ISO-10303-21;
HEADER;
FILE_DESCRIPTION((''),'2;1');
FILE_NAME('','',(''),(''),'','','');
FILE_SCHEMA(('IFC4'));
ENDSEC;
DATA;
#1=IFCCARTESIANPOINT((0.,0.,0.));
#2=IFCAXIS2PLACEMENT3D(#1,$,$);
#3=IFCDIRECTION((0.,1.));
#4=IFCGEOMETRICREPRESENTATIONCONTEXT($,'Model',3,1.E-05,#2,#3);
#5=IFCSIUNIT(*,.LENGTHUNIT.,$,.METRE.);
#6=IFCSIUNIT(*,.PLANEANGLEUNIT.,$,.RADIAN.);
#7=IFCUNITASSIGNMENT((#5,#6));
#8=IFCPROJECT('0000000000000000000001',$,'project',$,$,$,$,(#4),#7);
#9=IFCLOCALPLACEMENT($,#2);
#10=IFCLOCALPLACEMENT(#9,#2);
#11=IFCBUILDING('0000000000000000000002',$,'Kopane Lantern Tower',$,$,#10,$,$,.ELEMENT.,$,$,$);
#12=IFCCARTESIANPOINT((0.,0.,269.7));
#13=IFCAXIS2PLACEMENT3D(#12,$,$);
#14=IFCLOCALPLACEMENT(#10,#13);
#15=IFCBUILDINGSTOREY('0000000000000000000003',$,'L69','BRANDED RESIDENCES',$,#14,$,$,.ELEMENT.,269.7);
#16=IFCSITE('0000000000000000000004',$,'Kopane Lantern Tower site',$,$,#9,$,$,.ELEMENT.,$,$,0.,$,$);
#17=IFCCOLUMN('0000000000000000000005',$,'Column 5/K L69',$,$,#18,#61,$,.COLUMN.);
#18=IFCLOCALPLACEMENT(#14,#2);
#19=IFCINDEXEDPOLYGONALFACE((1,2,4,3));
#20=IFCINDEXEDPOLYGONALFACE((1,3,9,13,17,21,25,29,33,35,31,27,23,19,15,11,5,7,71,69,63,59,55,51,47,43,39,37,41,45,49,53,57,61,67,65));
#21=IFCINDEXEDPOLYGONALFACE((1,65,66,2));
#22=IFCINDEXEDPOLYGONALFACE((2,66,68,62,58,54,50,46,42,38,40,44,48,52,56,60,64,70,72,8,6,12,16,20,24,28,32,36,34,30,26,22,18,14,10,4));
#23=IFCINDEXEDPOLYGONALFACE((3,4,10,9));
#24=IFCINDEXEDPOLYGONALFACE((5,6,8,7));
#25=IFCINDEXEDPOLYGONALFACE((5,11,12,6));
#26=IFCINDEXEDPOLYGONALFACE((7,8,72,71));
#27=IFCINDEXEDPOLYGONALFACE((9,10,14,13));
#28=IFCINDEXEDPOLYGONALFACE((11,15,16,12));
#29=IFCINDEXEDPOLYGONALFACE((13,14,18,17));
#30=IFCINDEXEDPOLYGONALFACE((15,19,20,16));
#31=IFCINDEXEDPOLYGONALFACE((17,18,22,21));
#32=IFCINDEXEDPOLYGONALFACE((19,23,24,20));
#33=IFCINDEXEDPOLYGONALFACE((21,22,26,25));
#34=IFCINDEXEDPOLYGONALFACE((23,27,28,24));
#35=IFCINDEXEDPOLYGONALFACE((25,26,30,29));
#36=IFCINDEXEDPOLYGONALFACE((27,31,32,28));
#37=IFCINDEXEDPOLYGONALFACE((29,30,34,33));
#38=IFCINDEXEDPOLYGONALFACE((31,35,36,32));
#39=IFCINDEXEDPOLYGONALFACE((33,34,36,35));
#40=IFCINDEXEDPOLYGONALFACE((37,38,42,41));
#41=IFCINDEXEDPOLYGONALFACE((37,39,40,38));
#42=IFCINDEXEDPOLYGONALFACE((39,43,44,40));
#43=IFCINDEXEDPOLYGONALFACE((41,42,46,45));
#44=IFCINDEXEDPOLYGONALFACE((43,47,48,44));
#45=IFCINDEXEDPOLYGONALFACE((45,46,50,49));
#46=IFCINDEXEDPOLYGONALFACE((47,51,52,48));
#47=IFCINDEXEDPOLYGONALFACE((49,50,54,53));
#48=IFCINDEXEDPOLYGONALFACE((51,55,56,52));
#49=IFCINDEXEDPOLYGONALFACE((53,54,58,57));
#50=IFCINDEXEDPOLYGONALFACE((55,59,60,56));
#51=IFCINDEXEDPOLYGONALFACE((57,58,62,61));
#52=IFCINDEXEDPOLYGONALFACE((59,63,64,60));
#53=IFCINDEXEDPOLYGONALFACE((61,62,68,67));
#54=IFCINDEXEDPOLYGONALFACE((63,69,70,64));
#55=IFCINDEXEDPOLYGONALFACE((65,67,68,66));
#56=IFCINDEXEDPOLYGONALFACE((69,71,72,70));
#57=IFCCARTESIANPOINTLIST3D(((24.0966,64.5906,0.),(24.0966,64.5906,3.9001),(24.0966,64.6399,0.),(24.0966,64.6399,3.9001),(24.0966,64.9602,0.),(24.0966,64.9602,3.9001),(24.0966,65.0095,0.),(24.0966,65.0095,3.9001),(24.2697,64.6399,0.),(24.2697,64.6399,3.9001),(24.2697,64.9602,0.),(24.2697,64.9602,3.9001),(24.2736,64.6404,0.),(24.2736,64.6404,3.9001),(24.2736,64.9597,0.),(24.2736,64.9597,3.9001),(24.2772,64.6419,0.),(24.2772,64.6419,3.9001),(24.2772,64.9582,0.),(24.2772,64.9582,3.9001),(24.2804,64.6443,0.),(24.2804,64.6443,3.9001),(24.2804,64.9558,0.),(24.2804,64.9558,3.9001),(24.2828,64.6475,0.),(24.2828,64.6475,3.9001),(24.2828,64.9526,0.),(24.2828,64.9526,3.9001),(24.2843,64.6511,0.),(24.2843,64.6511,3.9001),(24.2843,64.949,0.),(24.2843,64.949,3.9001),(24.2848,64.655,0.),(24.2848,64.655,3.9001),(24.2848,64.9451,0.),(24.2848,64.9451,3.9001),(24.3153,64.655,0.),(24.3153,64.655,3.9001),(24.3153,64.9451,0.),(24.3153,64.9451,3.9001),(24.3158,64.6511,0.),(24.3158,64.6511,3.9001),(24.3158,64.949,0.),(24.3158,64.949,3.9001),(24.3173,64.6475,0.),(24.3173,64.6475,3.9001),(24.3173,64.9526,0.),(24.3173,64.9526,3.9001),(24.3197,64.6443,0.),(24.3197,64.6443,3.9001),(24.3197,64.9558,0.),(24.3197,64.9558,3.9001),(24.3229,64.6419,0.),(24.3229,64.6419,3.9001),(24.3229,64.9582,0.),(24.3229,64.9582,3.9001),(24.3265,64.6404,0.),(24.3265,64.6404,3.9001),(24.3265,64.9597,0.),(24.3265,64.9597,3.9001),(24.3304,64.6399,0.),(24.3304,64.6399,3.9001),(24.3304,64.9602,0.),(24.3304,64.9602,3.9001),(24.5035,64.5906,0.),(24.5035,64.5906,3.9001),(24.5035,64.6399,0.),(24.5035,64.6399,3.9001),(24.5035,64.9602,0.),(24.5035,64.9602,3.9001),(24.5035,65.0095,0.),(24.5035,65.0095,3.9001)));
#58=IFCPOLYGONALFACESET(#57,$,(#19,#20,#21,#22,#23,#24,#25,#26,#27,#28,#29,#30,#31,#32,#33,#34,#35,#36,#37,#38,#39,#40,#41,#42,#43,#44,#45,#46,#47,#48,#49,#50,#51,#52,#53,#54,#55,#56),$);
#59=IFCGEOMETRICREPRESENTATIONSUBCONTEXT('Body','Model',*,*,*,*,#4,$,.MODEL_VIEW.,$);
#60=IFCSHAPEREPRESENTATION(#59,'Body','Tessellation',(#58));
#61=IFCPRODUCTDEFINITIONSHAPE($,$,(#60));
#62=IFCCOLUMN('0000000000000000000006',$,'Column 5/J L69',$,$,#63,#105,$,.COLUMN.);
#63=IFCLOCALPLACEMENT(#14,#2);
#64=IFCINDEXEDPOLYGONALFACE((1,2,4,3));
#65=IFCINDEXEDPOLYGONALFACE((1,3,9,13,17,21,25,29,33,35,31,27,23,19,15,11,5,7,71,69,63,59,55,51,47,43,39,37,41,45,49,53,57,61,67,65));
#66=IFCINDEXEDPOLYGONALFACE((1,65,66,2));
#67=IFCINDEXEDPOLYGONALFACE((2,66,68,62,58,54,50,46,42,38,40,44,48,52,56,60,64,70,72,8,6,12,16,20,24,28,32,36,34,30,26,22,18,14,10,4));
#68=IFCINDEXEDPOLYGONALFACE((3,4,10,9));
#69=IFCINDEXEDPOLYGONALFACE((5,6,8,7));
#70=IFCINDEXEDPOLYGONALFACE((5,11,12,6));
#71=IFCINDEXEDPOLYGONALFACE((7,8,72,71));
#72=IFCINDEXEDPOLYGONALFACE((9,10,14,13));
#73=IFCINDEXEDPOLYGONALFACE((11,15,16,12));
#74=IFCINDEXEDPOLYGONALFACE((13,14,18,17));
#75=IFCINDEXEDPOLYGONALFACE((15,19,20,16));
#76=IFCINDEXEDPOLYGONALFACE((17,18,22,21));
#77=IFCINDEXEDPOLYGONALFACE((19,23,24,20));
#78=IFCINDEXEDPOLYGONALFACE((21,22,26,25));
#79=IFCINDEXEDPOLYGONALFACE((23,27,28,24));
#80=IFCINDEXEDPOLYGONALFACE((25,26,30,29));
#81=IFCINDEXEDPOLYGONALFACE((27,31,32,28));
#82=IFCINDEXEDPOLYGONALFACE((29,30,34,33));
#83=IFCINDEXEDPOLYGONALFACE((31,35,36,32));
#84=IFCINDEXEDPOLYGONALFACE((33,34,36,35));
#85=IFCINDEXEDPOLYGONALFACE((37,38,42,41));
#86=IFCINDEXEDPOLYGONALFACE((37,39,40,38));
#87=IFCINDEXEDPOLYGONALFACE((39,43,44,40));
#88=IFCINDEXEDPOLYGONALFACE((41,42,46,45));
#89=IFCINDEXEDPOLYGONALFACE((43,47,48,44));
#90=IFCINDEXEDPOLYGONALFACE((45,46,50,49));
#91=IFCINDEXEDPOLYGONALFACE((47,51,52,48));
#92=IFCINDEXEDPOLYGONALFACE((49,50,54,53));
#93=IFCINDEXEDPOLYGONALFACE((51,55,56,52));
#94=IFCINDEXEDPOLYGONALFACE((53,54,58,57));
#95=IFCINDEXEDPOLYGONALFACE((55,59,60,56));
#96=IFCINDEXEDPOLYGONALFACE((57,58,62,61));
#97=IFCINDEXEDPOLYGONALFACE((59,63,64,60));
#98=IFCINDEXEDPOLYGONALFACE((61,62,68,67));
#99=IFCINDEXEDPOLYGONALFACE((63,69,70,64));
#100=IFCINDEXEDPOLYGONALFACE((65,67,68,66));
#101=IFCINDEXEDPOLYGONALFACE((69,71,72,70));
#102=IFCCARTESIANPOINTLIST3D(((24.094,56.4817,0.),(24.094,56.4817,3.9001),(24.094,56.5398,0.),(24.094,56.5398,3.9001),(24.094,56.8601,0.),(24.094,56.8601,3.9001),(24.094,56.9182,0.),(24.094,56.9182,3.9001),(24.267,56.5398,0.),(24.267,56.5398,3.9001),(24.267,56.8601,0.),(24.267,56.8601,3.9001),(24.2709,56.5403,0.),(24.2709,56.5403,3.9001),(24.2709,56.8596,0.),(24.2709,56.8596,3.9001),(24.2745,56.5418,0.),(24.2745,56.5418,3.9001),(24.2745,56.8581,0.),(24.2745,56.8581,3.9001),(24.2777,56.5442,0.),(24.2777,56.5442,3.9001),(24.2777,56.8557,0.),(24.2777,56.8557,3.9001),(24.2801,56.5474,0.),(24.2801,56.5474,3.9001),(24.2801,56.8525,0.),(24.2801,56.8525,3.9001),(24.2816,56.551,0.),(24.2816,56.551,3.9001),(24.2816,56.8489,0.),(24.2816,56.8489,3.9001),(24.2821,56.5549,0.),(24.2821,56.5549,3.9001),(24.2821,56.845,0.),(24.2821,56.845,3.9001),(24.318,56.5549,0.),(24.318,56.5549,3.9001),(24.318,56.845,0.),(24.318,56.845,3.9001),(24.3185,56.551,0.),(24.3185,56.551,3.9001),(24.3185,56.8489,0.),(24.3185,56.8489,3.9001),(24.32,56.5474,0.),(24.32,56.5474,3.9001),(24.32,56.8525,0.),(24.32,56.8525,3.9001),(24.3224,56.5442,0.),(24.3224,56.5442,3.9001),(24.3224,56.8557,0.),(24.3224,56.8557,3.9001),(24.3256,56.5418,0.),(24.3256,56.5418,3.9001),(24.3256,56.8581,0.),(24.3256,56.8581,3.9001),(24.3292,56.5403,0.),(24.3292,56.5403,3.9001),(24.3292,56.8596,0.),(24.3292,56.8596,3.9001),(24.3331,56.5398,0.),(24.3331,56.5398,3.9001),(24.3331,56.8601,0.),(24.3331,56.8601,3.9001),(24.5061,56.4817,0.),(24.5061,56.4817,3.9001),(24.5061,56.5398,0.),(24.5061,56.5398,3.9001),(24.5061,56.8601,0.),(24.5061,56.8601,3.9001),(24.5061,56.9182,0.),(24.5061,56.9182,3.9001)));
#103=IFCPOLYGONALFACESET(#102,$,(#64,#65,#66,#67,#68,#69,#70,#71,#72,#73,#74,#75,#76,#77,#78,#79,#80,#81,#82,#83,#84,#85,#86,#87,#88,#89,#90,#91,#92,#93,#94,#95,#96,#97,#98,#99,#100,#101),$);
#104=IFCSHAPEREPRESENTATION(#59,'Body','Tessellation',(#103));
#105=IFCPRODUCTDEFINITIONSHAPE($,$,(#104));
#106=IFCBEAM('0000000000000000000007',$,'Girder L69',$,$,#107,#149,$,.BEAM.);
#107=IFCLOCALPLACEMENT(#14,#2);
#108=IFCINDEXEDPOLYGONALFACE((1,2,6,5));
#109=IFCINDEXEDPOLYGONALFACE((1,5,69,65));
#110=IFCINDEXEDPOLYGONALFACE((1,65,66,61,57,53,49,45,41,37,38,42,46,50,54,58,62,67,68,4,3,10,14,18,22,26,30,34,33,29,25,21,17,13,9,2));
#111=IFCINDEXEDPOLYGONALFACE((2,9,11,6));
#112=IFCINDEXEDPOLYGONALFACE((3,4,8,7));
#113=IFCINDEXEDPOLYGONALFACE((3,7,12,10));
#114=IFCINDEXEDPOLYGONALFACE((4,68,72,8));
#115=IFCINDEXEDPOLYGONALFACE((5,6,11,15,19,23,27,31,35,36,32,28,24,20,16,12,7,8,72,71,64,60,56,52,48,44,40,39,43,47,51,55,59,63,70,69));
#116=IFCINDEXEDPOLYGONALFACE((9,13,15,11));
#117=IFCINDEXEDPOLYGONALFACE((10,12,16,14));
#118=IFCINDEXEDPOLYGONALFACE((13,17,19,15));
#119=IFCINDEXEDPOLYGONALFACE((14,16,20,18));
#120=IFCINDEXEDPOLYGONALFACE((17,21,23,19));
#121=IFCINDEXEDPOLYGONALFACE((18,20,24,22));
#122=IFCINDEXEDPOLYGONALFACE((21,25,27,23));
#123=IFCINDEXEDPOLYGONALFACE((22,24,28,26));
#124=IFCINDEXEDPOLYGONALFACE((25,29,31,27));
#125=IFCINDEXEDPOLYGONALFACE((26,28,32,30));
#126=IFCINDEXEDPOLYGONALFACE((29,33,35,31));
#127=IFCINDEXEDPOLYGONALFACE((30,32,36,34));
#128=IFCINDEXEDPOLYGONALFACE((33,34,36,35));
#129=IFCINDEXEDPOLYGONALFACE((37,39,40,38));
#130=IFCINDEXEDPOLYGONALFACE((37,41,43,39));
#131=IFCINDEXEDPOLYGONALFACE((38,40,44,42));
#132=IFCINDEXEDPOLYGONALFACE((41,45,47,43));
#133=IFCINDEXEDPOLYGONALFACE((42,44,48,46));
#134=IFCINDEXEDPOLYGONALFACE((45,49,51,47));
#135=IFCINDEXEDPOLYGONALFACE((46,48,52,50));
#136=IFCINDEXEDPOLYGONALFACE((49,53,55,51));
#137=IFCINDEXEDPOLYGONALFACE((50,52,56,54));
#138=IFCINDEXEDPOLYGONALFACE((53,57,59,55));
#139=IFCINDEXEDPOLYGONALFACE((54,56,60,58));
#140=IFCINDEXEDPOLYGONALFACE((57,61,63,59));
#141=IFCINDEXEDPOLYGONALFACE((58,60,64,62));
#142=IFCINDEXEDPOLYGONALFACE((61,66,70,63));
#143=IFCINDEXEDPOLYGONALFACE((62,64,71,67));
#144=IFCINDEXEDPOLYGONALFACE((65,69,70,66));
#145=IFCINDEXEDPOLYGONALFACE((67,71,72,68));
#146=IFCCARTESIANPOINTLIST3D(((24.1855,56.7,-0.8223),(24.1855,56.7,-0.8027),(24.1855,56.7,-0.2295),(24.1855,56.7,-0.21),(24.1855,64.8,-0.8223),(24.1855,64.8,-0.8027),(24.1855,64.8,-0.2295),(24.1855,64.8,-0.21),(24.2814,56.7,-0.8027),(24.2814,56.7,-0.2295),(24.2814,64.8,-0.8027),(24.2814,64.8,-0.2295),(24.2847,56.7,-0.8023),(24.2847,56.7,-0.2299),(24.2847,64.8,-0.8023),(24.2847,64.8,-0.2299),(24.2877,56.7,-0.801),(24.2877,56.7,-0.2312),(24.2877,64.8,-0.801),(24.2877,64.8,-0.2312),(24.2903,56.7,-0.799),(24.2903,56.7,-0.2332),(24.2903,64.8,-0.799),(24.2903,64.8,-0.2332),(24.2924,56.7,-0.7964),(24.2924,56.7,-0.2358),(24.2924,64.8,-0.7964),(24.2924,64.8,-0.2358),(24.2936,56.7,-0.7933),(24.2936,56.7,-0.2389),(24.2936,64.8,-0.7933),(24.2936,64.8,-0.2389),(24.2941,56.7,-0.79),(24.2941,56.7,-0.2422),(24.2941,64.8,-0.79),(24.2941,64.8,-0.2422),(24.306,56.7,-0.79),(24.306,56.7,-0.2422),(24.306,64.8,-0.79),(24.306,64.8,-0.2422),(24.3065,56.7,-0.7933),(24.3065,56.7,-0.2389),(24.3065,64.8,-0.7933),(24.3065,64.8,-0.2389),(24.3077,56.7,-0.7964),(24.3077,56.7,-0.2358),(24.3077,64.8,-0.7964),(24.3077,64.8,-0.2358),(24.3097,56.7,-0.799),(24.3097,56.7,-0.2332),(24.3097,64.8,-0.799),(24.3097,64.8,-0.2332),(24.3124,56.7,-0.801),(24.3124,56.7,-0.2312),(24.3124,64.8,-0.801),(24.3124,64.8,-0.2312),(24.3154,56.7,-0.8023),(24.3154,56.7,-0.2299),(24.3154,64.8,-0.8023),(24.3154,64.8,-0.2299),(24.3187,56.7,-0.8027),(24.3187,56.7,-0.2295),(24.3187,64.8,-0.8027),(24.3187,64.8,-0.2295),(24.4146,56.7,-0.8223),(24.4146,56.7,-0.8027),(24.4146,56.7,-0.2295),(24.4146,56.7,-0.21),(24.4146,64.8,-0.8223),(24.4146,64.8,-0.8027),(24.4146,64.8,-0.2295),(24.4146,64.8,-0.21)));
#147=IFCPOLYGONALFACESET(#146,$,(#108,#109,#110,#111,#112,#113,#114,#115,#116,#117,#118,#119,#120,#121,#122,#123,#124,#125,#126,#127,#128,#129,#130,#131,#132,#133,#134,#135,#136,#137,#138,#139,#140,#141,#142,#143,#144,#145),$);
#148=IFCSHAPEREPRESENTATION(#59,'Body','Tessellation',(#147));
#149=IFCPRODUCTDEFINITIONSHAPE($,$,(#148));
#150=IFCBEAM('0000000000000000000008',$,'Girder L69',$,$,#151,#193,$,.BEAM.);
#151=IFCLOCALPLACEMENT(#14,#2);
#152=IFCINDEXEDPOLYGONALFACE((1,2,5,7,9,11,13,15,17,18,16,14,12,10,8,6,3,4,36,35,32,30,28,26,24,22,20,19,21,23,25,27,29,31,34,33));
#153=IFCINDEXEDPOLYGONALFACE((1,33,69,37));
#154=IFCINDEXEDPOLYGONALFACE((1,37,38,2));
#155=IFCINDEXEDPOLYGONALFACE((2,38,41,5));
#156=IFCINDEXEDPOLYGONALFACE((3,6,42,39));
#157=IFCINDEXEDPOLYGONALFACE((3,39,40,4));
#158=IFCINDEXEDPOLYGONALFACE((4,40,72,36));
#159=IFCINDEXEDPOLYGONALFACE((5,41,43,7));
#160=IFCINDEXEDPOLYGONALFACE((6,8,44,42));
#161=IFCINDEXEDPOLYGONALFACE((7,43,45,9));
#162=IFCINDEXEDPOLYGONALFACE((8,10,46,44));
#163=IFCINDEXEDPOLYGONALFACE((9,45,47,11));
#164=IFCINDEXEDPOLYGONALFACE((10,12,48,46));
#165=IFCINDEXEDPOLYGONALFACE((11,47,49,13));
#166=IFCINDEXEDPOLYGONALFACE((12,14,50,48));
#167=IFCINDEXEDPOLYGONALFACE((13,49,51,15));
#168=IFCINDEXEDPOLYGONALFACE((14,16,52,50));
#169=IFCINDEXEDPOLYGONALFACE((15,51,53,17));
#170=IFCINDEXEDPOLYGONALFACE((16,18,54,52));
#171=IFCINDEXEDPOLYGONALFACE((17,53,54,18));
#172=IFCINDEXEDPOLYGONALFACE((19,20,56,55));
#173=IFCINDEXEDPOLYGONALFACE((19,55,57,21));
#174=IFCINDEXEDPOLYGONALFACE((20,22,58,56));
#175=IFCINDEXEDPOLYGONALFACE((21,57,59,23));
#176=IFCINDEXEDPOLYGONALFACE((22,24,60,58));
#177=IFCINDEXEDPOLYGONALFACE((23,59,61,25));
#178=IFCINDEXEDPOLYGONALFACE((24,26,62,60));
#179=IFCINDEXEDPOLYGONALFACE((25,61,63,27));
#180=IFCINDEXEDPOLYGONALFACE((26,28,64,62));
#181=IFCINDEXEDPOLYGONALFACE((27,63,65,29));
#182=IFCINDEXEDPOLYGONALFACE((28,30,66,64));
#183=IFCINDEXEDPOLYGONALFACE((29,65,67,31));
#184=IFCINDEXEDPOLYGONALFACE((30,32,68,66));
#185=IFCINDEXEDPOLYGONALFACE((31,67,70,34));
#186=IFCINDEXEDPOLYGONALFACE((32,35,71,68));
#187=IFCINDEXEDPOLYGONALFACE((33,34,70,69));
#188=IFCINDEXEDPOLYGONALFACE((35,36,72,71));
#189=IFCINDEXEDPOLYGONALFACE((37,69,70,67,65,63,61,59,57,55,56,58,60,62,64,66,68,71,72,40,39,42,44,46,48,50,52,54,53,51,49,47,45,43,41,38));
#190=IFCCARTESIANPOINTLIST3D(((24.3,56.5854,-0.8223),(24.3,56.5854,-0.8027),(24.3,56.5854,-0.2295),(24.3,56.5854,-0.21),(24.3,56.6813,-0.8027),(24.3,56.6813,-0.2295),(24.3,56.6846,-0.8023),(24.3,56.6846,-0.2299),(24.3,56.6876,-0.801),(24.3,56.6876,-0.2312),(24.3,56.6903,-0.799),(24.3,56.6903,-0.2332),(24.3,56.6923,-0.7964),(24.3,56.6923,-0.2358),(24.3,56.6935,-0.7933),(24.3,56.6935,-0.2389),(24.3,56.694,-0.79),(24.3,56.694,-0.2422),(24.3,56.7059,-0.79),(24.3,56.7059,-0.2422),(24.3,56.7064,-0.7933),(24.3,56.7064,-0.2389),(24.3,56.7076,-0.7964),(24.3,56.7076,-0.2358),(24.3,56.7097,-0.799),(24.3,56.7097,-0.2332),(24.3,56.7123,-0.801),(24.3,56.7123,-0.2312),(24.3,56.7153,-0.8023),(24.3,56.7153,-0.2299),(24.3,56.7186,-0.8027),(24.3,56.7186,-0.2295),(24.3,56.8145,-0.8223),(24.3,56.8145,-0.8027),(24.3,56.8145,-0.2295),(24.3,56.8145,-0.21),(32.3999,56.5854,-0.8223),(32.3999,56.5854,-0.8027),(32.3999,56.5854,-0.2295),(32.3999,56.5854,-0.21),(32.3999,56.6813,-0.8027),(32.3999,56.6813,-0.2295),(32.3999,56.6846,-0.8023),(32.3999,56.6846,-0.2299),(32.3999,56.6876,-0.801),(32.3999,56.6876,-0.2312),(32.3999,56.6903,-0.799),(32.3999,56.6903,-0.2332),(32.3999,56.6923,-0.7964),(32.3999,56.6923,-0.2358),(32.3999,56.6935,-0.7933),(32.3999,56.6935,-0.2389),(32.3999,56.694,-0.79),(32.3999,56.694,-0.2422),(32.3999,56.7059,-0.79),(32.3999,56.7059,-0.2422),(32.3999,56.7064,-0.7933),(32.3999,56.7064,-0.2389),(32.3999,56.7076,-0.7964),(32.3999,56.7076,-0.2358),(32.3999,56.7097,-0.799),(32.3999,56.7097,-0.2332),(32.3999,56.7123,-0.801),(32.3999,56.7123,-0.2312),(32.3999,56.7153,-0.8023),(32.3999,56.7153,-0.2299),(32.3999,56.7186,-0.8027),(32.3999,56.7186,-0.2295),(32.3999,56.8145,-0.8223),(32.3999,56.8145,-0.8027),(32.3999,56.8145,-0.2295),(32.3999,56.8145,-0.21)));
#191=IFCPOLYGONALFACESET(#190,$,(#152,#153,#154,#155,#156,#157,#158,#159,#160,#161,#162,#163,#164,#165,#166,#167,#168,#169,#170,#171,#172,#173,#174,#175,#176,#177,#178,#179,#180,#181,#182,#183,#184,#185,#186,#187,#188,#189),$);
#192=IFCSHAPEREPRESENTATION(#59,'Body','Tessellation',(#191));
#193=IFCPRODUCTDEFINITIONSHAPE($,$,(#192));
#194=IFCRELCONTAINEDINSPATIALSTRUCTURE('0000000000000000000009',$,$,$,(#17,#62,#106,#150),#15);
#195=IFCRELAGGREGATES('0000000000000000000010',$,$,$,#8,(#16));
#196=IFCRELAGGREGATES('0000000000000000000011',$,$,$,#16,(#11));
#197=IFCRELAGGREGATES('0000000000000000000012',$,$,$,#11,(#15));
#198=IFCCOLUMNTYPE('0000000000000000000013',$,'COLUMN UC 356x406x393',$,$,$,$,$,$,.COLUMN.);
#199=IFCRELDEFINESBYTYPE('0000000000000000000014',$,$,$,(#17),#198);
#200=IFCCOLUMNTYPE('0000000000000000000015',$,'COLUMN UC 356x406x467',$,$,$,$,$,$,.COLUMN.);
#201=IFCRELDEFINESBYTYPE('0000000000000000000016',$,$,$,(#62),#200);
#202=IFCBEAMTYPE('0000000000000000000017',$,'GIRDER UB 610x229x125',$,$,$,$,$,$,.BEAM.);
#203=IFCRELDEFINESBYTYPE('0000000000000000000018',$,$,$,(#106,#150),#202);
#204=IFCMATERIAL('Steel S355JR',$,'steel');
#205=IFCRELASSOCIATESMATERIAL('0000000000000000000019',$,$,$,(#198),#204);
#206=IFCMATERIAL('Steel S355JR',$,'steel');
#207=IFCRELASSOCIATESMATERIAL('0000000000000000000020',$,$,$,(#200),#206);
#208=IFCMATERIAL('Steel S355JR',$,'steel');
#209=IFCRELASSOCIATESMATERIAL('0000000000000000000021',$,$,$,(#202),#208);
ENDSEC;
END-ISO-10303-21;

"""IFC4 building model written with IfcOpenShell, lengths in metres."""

from ifc_helpers import new_model, si_unit, direction, frame, origin, origin_2d, place, context, subcontext, project, spatial, i_section, extrude, material, material_profile, profile_set, type_object, element, save


model = new_model("IFC4")

# Units and contexts
model_context = context("Model", 3, precision=1e-05, world=origin(), true_north=direction((0.0, 1.0)))
body_context = subcontext(model_context, "Body", "Model", "MODEL_VIEW")
ifc_project = project(units=[si_unit("LENGTHUNIT", "METRE"), si_unit("PLANEANGLEUNIT", "RADIAN")], contexts=[model_context])

# Site, building, storey
site_placement = place(None, origin())
site = spatial("IfcSite", under=ifc_project, at=site_placement, Name="Kopane Lantern Tower site", CompositionType="ELEMENT", RefElevation=0.0)
building_placement = place(site_placement, origin())
building = spatial("IfcBuilding", under=site, at=building_placement, Name="Kopane Lantern Tower", CompositionType="ELEMENT")
storey_placement = place(building_placement, frame((0.0, 0.0, 269.7)))
storey = spatial("IfcBuildingStorey", under=building, at=storey_placement, Name="L69", Description="BRANDED RESIDENCES", CompositionType="ELEMENT", Elevation=269.7)

# Columns
ifc_material_1 = material(Name="Steel S355JR", Category="steel")
ifc_material_profile_1 = material_profile(ifc_material_1, i_section(OverallWidth=0.407, OverallDepth=0.4189, WebThickness=0.0305, FlangeThickness=0.0493, FilletRadius=0.0151, at=origin_2d()), Name="UC 356x406x393")
ifc_profile_set_1 = profile_set([ifc_material_profile_1], Name="Steel S355JR")
column_type_1 = type_object("IfcColumnType", Name="COLUMN UC 356x406x393", PredefinedType="COLUMN", material=ifc_profile_set_1)
column_1_placement = place(storey_placement, frame((24.3, 64.8, 0.0), z_axis=(0.0, 0.0, 1.0), x_axis=(1.0, 0.0, 0.0)))
element("IfcColumn", 1, at=column_1_placement, inside=storey, type_object=column_type_1, Name="Column 5/K L69", PredefinedType="COLUMN", context=body_context, shape_type="SweptSolid", body=[
    extrude(i_section(OverallWidth=0.407, OverallDepth=0.4189, WebThickness=0.0305, FlangeThickness=0.0493, FilletRadius=0.0151, at=origin_2d()), origin(), (0.0, 0.0, 1.0), 3.9001),
])
ifc_material_2 = material(Name="Steel S355JR", Category="steel")
ifc_material_profile_2 = material_profile(ifc_material_2, i_section(OverallWidth=0.4121, OverallDepth=0.4365, WebThickness=0.0359, FlangeThickness=0.0581, FilletRadius=0.0151, at=origin_2d()), Name="UC 356x406x467")
ifc_profile_set_2 = profile_set([ifc_material_profile_2], Name="Steel S355JR")
column_type_2 = type_object("IfcColumnType", Name="COLUMN UC 356x406x467", PredefinedType="COLUMN", material=ifc_profile_set_2)
column_2_placement = place(storey_placement, frame((24.3, 56.7, 0.0), z_axis=(0.0, 0.0, 1.0), x_axis=(1.0, 0.0, 0.0)))
element("IfcColumn", 2, at=column_2_placement, inside=storey, type_object=column_type_2, Name="Column 5/J L69", PredefinedType="COLUMN", context=body_context, shape_type="SweptSolid", body=[
    extrude(i_section(OverallWidth=0.4121, OverallDepth=0.4365, WebThickness=0.0359, FlangeThickness=0.0581, FilletRadius=0.0151, at=origin_2d()), origin(), (0.0, 0.0, 1.0), 3.9001),
])

# Beams
ifc_material_3 = material(Name="Steel S355JR", Category="steel")
ifc_material_profile_3 = material_profile(ifc_material_3, i_section(OverallWidth=0.229, OverallDepth=0.6123, WebThickness=0.012, FlangeThickness=0.0195, FilletRadius=0.0127, at=origin_2d()), Name="UB 610x229x125")
ifc_profile_set_3 = profile_set([ifc_material_profile_3], Name="Steel S355JR")
beam_type = type_object("IfcBeamType", Name="GIRDER UB 610x229x125", PredefinedType="BEAM", material=ifc_profile_set_3)
beam_placement = place(storey_placement, frame((24.3, 56.7, -0.5161), z_axis=(0.0, 1.0, 0.0), x_axis=(-1.0, 0.0, 0.0)))
element("IfcBeam", 3, at=beam_placement, inside=storey, type_object=beam_type, Name="Girder L69", PredefinedType="BEAM", context=body_context, shape_type="SweptSolid", body=[
    extrude(i_section(OverallWidth=0.229, OverallDepth=0.6123, WebThickness=0.012, FlangeThickness=0.0195, FilletRadius=0.0127, at=origin_2d()), origin(), (0.0, 0.0, 1.0), 8.1001),
])
for number, where, z_axis, x_axis, name in (
    (4, (24.3, 56.7, -0.5161), (1.0, 0.0, 0.0), (0.0, 1.0, 0.0), "Girder L69"),
):
    element("IfcBeam", number, at=place(storey_placement, frame(where, z_axis=z_axis, x_axis=x_axis)), inside=storey, type_object=beam_type, Name=name, PredefinedType="BEAM", context=body_context, shape_type="SweptSolid", body=[
        extrude(i_section(OverallWidth=0.229, OverallDepth=0.6123, WebThickness=0.012, FlangeThickness=0.0195, FilletRadius=0.0127, at=origin_2d()), origin(), (0.0, 0.0, 1.0), 8.0999),
    ])

save(model, "model.ifc")
